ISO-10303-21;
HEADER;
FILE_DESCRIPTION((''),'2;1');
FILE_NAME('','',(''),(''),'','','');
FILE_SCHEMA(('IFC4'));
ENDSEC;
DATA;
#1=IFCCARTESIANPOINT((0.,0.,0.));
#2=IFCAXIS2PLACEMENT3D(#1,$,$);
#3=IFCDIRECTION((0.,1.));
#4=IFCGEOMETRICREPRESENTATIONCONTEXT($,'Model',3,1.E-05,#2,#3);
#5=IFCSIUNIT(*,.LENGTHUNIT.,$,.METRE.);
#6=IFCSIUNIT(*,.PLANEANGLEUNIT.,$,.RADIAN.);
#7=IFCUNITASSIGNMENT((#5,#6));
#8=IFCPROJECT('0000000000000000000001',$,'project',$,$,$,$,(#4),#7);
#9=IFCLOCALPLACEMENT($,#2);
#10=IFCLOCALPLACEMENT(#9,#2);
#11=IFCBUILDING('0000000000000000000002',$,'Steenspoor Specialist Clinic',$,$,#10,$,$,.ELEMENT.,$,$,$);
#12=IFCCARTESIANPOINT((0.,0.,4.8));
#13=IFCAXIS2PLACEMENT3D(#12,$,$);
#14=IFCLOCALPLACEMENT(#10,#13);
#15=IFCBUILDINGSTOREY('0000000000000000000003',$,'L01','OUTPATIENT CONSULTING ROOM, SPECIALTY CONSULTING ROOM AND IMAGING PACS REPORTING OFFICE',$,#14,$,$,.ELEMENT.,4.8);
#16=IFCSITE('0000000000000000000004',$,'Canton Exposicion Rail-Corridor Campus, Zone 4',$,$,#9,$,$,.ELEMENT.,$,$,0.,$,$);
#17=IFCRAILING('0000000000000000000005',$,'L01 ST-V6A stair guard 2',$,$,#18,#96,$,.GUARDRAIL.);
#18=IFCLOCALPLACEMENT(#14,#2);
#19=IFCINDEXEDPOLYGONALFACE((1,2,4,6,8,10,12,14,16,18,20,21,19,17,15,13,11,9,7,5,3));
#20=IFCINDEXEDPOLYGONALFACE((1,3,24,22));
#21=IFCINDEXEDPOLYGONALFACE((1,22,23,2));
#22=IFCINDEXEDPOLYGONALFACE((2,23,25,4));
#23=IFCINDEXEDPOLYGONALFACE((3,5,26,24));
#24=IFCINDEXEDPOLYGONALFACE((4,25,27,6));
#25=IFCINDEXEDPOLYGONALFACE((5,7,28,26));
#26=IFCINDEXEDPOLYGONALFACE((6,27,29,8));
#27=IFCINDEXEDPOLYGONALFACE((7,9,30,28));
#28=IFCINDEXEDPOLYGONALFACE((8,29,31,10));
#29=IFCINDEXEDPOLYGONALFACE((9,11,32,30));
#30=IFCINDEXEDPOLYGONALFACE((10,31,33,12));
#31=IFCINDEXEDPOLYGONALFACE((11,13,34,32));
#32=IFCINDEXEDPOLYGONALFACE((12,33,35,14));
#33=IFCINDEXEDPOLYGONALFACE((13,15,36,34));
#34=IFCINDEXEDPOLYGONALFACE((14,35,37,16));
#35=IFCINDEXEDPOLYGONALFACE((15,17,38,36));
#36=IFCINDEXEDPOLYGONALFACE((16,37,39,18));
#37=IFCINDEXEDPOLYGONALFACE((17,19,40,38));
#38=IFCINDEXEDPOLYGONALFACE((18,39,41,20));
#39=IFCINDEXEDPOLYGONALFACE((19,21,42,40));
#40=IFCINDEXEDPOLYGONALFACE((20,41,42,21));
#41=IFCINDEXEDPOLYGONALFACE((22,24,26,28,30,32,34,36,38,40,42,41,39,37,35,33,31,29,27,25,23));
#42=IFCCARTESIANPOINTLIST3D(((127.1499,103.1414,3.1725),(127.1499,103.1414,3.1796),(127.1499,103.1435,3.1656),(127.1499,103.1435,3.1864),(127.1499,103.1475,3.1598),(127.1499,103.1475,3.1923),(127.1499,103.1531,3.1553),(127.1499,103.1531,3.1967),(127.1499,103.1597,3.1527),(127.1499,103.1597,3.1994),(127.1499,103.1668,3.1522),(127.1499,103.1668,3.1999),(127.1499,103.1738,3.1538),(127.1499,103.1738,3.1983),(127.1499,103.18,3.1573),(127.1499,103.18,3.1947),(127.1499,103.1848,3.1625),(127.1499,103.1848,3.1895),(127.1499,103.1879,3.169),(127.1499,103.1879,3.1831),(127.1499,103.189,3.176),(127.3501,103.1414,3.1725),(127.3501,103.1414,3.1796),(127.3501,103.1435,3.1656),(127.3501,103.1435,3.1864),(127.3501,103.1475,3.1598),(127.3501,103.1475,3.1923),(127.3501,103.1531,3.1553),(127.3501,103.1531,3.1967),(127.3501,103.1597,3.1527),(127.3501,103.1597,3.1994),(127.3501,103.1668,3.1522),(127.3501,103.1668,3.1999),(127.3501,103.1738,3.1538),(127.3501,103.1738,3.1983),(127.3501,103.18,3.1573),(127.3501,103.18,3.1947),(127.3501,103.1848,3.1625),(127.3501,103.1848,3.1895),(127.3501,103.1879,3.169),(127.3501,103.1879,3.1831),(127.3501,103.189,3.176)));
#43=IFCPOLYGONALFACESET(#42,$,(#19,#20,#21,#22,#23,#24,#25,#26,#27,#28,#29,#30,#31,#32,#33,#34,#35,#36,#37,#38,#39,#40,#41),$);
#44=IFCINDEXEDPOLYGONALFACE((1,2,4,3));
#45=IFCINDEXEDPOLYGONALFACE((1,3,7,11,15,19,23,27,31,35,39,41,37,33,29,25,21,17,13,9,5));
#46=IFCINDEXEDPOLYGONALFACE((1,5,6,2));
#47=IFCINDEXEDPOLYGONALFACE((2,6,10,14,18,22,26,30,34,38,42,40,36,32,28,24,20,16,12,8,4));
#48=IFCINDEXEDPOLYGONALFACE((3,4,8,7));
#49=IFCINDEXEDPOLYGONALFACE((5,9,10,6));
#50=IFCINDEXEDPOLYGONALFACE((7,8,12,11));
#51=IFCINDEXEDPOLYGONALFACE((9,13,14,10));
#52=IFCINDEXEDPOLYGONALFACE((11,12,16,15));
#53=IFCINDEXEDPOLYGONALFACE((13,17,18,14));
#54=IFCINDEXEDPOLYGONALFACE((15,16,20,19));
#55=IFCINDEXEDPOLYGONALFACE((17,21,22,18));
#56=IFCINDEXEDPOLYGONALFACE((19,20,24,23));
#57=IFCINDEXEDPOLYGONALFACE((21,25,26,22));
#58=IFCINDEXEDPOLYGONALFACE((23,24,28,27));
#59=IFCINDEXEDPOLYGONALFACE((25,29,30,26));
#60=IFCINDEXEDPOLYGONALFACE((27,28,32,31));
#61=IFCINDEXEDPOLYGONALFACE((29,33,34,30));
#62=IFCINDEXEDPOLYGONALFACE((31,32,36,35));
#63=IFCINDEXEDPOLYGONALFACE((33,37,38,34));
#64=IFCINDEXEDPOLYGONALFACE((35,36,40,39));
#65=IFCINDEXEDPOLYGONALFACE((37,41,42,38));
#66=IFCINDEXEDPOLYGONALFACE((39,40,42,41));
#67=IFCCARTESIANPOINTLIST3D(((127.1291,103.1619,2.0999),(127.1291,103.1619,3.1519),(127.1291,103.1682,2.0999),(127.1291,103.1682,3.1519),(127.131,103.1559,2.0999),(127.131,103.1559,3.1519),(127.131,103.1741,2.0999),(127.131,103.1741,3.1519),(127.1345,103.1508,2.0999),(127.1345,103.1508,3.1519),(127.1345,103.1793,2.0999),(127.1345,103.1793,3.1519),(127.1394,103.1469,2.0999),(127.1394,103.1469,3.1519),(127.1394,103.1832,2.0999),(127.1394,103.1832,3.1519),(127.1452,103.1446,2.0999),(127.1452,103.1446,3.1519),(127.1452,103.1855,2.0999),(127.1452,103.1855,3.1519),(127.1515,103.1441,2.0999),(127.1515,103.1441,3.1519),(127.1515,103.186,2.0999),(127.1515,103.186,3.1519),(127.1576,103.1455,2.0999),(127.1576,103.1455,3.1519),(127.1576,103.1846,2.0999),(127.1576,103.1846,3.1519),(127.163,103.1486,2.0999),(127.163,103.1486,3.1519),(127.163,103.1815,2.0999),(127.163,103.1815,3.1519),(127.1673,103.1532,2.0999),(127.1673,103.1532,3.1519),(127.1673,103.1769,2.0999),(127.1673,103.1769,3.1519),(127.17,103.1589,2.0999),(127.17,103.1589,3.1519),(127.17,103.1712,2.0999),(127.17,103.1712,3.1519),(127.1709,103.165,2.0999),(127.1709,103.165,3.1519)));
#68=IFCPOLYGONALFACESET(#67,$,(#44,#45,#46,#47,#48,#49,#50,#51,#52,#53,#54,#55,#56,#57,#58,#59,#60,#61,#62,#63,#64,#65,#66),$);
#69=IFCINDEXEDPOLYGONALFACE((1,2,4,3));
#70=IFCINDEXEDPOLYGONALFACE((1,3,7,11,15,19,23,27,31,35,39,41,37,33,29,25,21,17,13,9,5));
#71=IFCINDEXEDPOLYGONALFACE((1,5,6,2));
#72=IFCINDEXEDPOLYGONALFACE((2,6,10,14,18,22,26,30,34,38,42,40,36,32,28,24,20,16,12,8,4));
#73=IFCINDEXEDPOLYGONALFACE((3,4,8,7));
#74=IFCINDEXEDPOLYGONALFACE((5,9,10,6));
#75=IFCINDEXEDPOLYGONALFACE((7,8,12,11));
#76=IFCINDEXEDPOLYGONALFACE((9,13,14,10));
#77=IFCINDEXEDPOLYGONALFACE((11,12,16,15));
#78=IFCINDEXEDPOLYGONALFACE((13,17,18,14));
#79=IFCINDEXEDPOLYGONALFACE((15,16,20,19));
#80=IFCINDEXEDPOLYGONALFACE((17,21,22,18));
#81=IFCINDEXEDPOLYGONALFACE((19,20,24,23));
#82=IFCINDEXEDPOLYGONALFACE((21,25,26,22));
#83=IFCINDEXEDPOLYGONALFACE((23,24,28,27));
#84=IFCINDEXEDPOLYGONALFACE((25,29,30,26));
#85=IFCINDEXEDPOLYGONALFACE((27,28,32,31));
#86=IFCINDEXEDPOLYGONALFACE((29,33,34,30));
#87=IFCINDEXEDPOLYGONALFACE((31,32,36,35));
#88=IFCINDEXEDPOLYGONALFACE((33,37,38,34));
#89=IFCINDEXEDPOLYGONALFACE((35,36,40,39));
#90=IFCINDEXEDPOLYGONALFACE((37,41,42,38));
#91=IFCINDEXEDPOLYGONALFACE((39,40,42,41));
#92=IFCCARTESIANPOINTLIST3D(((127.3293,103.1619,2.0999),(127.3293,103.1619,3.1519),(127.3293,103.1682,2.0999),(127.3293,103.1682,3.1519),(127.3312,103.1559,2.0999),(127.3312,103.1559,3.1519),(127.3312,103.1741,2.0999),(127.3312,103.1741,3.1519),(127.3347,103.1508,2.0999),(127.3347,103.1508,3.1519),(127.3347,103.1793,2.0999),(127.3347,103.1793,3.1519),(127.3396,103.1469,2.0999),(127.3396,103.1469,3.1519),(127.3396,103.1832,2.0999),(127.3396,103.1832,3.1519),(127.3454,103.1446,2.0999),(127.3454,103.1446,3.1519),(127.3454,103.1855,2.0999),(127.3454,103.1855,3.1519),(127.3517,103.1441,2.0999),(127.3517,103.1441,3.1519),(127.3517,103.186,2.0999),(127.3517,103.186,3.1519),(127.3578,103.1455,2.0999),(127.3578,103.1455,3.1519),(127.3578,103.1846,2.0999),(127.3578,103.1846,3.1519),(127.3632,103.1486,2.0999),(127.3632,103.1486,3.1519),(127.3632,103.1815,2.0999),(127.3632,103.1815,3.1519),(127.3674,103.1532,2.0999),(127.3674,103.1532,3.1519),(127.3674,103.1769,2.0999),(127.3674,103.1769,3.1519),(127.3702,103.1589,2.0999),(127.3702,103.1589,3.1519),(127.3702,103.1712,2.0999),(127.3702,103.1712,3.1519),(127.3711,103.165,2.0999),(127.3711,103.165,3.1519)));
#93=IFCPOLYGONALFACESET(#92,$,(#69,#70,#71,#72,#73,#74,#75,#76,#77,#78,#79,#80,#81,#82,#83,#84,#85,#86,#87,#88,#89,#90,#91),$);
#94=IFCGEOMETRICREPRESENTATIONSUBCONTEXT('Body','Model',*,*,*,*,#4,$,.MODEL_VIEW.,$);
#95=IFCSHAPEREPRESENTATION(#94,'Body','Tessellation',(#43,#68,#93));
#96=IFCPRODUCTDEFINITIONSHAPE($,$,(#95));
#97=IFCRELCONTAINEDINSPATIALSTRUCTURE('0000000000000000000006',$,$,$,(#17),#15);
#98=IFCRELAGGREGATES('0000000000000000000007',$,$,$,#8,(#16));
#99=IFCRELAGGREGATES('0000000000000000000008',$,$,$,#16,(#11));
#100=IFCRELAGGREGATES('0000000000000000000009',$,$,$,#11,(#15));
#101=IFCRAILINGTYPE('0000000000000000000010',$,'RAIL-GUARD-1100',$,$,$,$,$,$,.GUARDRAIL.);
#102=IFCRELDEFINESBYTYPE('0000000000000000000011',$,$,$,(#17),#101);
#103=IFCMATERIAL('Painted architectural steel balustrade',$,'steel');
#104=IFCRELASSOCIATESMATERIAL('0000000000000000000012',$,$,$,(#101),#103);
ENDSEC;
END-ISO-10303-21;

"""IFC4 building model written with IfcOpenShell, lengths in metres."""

from ifc_helpers import new_model, si_unit, direction, frame, origin, origin_2d, place, context, subcontext, project, spatial, circle, extrude, material, type_object, element, save


model = new_model("IFC4")

# Units and contexts
model_context = context("Model", 3, precision=1e-05, world=origin(), true_north=direction((0.0, 1.0)))
body_context = subcontext(model_context, "Body", "Model", "MODEL_VIEW")
ifc_project = project(units=[si_unit("LENGTHUNIT", "METRE"), si_unit("PLANEANGLEUNIT", "RADIAN")], contexts=[model_context])

# Site, building, storey
site_placement = place(None, origin())
site = spatial("IfcSite", under=ifc_project, at=site_placement, Name="Canton Exposicion Rail-Corridor Campus, Zone 4", CompositionType="ELEMENT", RefElevation=0.0)
building_placement = place(site_placement, origin())
building = spatial("IfcBuilding", under=site, at=building_placement, Name="Steenspoor Specialist Clinic", CompositionType="ELEMENT")
storey_placement = place(building_placement, frame((0.0, 0.0, 4.8)))
storey = spatial("IfcBuildingStorey", under=building, at=storey_placement, Name="L01", Description="OUTPATIENT CONSULTING ROOM, SPECIALTY CONSULTING ROOM AND IMAGING PACS REPORTING OFFICE", CompositionType="ELEMENT", Elevation=4.8)

# Railing
ifc_material_1 = material(Name="Painted architectural steel balustrade", Category="steel")
railing_type_1 = type_object("IfcRailingType", Name="RAIL-GUARD-1100", PredefinedType="GUARDRAIL", material=ifc_material_1)
railing_1_placement = place(storey_placement, frame((127.1499, 103.165, 2.0999)))
element("IfcRailing", 1, at=railing_1_placement, inside=storey, type_object=railing_type_1, Name="L01 ST-V6A stair guard 2", PredefinedType="GUARDRAIL", context=body_context, shape_type="SweptSolid", body=[
    extrude(circle(Radius=0.0239, at=origin_2d()), frame((0.0, 0.0, 1.0762), z_axis=(1.0, 0.0, 0.0), x_axis=(0.0, 1.0, 0.0)), (0.0, 0.0, 1.0), 0.2002),
    extrude(circle(Radius=0.021, at=origin_2d()), origin(), (0.0, 0.0, 1.0), 1.052),
    extrude(circle(Radius=0.021, at=origin_2d()), frame((0.2002, 0.0, 0.0)), (0.0, 0.0, 1.0), 1.052),
])

save(model, "model.ifc")
